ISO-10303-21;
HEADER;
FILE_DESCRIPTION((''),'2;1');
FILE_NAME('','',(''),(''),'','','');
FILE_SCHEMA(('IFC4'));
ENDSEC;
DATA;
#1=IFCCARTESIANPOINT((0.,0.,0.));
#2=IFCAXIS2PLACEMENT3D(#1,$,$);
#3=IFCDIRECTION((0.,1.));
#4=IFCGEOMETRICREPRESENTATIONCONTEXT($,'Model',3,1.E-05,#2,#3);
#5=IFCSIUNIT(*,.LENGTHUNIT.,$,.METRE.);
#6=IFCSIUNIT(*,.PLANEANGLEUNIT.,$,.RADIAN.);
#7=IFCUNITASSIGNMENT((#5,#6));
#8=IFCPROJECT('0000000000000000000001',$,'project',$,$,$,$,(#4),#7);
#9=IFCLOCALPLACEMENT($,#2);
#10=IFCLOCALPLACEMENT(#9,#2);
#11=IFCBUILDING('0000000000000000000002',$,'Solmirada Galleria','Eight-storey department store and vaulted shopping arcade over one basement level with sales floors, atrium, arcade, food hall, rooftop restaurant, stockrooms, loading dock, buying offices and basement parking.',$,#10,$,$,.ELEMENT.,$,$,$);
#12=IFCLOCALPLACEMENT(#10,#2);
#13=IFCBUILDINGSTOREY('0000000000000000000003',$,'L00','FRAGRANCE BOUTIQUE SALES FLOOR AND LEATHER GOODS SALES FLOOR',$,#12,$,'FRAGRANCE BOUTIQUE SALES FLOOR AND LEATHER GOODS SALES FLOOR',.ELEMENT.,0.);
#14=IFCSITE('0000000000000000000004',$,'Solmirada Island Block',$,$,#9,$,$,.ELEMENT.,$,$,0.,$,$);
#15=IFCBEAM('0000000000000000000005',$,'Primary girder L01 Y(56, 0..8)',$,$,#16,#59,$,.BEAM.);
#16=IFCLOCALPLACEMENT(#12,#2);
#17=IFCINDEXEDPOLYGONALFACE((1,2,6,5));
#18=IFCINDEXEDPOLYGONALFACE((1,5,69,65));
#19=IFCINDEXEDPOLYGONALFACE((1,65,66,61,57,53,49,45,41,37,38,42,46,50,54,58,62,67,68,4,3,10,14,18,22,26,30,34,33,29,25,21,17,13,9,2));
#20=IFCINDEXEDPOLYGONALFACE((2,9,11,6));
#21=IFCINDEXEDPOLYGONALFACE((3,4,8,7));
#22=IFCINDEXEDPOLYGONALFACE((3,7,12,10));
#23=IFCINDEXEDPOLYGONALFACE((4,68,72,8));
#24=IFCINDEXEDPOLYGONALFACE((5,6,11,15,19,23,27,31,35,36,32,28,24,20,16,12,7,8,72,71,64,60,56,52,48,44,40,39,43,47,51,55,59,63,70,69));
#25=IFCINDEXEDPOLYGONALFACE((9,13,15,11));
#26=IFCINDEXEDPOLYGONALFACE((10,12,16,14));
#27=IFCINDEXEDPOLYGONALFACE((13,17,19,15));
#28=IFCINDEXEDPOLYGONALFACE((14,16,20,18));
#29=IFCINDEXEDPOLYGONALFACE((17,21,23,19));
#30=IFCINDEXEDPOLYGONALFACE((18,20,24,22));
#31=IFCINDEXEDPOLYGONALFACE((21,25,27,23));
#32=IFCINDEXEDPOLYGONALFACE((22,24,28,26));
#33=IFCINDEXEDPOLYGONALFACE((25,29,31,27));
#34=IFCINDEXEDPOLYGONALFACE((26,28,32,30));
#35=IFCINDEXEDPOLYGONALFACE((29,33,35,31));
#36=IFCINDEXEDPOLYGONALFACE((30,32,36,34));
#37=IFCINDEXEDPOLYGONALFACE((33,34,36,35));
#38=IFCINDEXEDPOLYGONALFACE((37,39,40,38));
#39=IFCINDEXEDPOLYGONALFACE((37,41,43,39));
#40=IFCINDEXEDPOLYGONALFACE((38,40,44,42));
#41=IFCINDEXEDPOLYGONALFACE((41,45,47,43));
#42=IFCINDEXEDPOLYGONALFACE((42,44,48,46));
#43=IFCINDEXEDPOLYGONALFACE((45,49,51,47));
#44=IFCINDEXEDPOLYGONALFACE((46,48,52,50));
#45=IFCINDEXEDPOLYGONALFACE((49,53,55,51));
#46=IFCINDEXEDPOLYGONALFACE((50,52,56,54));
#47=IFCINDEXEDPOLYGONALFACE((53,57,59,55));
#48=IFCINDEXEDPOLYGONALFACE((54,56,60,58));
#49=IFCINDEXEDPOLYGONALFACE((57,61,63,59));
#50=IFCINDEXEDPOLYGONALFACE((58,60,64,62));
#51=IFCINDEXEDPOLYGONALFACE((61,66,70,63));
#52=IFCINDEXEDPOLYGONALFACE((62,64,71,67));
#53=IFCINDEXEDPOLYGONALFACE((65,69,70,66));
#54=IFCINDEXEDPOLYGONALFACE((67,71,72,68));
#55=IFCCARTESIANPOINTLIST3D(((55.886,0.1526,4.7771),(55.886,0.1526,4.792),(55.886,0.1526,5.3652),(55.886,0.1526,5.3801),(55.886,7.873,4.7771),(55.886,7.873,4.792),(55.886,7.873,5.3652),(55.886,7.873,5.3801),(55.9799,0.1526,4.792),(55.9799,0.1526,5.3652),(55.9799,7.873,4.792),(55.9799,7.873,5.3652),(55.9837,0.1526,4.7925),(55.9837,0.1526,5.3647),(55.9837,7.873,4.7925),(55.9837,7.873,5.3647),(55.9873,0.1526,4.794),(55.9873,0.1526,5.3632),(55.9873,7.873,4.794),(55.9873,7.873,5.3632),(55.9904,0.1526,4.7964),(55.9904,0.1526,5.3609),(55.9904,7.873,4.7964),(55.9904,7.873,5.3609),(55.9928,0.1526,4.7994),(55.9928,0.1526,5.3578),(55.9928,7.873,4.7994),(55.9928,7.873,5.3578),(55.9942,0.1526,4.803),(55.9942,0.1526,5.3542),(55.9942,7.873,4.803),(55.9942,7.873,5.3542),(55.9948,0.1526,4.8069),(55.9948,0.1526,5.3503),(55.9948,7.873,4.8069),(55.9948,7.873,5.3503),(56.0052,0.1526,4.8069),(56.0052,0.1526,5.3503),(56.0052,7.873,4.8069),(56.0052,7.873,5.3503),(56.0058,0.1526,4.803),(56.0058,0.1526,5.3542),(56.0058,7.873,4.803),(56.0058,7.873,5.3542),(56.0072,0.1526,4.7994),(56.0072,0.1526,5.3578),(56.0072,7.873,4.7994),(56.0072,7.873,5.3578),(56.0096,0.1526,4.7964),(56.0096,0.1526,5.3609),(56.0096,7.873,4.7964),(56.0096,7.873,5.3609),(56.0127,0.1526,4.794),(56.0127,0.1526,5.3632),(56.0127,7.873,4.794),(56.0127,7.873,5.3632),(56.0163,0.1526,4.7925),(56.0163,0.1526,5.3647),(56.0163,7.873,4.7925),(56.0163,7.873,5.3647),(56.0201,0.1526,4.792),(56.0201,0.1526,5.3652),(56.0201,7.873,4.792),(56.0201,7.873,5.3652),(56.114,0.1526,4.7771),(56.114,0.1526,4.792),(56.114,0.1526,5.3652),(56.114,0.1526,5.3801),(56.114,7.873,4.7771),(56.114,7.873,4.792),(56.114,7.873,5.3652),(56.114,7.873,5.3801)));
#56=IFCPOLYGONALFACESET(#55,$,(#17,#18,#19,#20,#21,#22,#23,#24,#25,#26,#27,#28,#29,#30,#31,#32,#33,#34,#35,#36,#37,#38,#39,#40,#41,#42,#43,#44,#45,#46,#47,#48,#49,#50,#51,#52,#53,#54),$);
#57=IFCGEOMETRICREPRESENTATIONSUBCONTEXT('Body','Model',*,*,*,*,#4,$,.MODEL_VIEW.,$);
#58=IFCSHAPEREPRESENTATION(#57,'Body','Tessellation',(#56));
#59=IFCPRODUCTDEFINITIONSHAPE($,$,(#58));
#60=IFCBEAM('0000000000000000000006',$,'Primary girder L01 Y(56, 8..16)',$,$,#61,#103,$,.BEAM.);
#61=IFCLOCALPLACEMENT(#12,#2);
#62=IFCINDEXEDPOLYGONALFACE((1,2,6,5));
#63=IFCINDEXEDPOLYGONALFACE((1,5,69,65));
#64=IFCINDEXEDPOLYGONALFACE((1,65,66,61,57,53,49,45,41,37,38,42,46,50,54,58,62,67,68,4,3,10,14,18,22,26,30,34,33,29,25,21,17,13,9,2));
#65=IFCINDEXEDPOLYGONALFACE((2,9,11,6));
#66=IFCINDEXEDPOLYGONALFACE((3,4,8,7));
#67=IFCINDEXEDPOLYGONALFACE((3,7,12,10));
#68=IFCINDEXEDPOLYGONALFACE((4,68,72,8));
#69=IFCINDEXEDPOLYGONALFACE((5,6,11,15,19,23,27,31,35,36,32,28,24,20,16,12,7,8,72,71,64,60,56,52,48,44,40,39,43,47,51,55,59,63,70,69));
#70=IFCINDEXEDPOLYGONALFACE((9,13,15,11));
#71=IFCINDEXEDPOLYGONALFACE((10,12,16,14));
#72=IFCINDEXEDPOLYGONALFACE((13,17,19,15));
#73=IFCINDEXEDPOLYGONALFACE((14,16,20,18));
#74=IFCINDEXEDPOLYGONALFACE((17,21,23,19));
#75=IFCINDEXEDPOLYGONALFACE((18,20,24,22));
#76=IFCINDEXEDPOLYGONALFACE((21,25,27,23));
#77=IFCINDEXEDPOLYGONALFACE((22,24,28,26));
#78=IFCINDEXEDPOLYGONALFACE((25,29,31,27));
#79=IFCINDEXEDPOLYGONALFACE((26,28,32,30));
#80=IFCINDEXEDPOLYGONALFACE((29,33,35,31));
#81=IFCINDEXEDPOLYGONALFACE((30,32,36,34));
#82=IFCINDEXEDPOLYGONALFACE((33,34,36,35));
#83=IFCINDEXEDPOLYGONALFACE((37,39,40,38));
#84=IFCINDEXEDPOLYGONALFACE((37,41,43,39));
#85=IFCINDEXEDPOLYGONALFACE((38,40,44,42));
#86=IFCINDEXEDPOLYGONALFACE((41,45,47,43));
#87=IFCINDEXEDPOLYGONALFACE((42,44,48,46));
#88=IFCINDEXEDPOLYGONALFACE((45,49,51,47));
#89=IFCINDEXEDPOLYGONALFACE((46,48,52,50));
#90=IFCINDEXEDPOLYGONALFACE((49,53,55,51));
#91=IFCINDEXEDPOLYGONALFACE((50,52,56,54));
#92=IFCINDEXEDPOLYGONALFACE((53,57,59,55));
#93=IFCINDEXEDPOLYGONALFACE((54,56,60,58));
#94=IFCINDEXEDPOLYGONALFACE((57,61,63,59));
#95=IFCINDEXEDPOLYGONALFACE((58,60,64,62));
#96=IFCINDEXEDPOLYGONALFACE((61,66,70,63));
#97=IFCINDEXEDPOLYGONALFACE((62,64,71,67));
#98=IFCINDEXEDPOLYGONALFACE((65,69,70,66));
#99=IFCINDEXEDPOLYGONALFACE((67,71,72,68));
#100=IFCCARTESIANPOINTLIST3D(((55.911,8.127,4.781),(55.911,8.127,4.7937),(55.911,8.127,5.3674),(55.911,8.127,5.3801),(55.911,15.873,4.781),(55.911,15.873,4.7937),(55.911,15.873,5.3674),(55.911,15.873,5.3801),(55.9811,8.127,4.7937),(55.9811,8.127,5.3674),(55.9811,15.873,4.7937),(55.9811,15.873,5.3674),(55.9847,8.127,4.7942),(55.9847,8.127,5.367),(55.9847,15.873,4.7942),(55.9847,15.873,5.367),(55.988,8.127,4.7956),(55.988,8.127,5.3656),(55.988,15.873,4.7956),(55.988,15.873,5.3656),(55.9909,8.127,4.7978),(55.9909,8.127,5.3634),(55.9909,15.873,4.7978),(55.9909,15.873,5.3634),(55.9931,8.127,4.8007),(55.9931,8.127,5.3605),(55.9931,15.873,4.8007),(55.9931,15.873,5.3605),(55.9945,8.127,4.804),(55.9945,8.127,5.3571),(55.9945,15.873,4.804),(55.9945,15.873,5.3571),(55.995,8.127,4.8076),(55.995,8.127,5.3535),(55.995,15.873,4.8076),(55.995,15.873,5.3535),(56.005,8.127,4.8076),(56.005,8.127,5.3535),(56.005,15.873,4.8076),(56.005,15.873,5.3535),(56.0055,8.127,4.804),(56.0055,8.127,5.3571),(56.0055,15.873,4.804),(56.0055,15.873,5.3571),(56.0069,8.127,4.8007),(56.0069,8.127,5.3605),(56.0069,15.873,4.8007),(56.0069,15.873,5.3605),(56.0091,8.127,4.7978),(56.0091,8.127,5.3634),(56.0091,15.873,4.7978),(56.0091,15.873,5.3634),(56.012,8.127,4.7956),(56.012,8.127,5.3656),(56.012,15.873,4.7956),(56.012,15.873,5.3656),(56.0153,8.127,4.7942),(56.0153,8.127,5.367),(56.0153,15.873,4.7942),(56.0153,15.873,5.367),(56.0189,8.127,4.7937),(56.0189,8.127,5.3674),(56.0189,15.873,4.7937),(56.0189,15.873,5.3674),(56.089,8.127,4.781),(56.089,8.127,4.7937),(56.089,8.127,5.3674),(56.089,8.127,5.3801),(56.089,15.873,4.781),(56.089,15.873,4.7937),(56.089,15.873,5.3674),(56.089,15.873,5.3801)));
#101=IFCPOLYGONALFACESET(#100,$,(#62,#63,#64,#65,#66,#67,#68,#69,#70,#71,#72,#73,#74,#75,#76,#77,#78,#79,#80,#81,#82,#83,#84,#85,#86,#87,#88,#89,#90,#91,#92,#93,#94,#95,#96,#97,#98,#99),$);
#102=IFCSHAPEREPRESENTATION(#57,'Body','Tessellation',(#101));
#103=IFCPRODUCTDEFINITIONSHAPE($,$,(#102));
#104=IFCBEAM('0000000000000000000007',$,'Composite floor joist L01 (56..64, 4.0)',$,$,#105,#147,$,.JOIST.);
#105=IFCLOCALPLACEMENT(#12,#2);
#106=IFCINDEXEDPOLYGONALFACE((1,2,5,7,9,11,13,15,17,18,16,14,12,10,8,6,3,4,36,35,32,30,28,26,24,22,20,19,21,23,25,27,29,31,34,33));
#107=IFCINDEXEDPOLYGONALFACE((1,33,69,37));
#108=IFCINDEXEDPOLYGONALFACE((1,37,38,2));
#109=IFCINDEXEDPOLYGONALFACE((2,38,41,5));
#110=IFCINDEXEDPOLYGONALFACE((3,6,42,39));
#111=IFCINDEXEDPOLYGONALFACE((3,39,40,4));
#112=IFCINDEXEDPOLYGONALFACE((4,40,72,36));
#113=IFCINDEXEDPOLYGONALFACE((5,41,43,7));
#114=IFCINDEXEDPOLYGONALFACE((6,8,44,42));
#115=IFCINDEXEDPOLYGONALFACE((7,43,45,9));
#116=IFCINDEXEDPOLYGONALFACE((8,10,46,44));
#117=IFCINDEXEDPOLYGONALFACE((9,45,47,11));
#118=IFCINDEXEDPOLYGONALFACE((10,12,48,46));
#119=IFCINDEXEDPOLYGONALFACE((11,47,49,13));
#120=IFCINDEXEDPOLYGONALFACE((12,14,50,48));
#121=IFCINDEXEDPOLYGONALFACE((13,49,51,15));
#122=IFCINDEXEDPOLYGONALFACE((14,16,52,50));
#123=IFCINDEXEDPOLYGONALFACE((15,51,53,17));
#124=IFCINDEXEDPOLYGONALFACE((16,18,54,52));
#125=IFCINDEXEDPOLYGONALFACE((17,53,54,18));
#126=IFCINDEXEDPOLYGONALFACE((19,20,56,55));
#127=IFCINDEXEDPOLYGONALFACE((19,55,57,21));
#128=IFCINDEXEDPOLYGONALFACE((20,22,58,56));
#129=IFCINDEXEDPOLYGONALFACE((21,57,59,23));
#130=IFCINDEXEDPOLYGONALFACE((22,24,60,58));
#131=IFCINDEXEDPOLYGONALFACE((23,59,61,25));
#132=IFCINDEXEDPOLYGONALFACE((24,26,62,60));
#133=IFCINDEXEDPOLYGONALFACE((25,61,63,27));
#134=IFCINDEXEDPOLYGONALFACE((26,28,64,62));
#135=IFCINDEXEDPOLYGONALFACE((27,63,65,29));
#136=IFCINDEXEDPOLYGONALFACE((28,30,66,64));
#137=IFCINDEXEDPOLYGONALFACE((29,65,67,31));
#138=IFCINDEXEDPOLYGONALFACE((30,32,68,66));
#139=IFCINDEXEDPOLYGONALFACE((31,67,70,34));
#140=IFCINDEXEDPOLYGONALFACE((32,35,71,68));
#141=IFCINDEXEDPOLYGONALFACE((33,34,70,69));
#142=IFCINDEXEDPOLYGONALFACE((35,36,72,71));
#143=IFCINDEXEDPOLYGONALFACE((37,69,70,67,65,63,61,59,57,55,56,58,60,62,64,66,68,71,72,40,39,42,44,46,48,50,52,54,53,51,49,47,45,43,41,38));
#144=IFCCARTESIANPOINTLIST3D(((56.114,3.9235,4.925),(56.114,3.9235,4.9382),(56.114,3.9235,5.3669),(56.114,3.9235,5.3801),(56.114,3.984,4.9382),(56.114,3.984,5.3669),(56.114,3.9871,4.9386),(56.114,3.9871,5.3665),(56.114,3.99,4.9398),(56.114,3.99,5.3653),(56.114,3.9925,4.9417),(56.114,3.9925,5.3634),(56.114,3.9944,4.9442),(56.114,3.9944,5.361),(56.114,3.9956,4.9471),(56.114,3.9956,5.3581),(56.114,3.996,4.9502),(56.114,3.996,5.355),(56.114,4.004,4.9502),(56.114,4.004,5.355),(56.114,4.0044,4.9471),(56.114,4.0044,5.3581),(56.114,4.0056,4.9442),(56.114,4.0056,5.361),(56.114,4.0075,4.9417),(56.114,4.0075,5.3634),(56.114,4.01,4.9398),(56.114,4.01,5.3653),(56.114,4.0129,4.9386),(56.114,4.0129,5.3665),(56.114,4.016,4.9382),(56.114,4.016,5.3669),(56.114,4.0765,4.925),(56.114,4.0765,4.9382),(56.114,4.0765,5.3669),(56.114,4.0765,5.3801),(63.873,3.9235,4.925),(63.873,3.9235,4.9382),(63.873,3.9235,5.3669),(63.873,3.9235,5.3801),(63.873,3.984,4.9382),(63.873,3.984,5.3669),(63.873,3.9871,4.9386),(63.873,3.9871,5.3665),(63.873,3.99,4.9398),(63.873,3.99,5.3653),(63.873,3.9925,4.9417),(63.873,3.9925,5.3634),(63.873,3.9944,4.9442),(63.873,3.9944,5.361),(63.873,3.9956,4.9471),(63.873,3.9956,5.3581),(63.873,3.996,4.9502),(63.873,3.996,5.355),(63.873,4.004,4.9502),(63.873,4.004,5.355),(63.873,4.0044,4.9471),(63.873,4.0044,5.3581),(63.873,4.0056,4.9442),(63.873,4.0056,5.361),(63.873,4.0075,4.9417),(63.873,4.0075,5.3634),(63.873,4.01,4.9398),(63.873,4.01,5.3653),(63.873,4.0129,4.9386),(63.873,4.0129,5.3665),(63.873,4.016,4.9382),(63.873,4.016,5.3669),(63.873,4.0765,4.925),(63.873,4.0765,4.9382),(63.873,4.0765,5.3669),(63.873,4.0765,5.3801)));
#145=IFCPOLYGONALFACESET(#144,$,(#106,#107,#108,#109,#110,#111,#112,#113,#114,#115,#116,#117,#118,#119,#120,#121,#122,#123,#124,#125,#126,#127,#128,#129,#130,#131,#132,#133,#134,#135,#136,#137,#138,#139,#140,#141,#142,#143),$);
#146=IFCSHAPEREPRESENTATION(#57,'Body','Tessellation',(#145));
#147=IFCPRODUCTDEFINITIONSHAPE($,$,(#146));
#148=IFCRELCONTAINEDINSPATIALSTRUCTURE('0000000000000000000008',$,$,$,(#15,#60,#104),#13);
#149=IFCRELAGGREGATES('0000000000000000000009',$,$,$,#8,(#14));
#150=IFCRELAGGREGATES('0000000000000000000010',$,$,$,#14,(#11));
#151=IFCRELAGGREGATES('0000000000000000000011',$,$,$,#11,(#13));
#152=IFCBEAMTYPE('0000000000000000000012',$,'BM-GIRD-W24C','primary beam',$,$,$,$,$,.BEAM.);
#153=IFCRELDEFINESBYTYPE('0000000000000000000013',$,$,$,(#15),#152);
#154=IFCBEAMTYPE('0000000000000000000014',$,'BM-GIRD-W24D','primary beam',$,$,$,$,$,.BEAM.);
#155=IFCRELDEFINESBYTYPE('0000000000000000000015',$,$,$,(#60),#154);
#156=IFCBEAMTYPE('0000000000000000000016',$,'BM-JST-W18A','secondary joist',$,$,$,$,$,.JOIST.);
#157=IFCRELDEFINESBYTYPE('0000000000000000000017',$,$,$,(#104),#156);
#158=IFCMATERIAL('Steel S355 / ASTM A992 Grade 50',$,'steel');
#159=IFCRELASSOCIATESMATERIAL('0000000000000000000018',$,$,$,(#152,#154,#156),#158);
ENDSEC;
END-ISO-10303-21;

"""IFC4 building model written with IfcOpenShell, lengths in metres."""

from ifc_helpers import new_model, si_unit, direction, frame, origin, origin_2d, place, context, subcontext, project, spatial, i_section, extrude, material, material_profile, profile_set, type_object, element, save


model = new_model("IFC4")

# Units and contexts
model_context = context("Model", 3, precision=1e-05, world=origin(), true_north=direction((0.0, 1.0)))
body_context = subcontext(model_context, "Body", "Model", "MODEL_VIEW")
ifc_project = project(units=[si_unit("LENGTHUNIT", "METRE"), si_unit("PLANEANGLEUNIT", "RADIAN")], contexts=[model_context])

# Site, building, storey
site_placement = place(None, origin())
site = spatial("IfcSite", under=ifc_project, at=site_placement, Name="Solmirada Island Block", CompositionType="ELEMENT", RefElevation=0.0)
building_placement = place(site_placement, origin())
building = spatial("IfcBuilding", under=site, at=building_placement, Name="Solmirada Galleria", Description="Eight-storey department store and vaulted shopping arcade over one basement level with sales floors, atrium, arcade, food hall, rooftop restaurant, stockrooms, loading dock, buying offices and basement parking.", CompositionType="ELEMENT")
storey_placement = place(building_placement, origin())
storey = spatial("IfcBuildingStorey", under=building, at=storey_placement, Name="L00", Description="FRAGRANCE BOUTIQUE SALES FLOOR AND LEATHER GOODS SALES FLOOR", LongName="FRAGRANCE BOUTIQUE SALES FLOOR AND LEATHER GOODS SALES FLOOR", CompositionType="ELEMENT", Elevation=0.0)

# Beams
ifc_material_1 = material(Name="Steel S355 / ASTM A992 Grade 50", Category="steel")
ifc_material_profile_1 = material_profile(ifc_material_1, i_section(OverallWidth=0.228, OverallDepth=0.603, WebThickness=0.0105, FlangeThickness=0.0149, FilletRadius=0.0149, at=origin_2d()), Name="W24X68")
ifc_profile_set_1 = profile_set([ifc_material_profile_1], Name="Steel S355 / ASTM A992 Grade 50")
beam_type_1 = type_object("IfcBeamType", Name="BM-GIRD-W24C", Description="primary beam", PredefinedType="BEAM", material=ifc_profile_set_1)
beam_1_placement = place(storey_placement, frame((56.0, 0.1526, 5.0786), z_axis=(0.0, 1.0, 0.0), x_axis=(-1.0, 0.0, 0.0)))
element("IfcBeam", 1, at=beam_1_placement, inside=storey, type_object=beam_type_1, Name="Primary girder L01 Y(56, 0..8)", PredefinedType="BEAM", context=body_context, shape_type="SweptSolid", body=[
    extrude(i_section(OverallWidth=0.228, OverallDepth=0.603, WebThickness=0.0105, FlangeThickness=0.0149, FilletRadius=0.0149, at=origin_2d()), origin(), (0.0, 0.0, 1.0), 7.7205),
])
ifc_material_profile_2 = material_profile(ifc_material_1, i_section(OverallWidth=0.178, OverallDepth=0.5991, WebThickness=0.01, FlangeThickness=0.0127, FilletRadius=0.0139, at=origin_2d()), Name="W24X55")
ifc_profile_set_2 = profile_set([ifc_material_profile_2], Name="Steel S355 / ASTM A992 Grade 50")
beam_type_2 = type_object("IfcBeamType", Name="BM-GIRD-W24D", Description="primary beam", PredefinedType="BEAM", material=ifc_profile_set_2)
beam_2_placement = place(storey_placement, frame((56.0, 8.127, 5.0806), z_axis=(0.0, 1.0, 0.0), x_axis=(-1.0, 0.0, 0.0)))
element("IfcBeam", 2, at=beam_2_placement, inside=storey, type_object=beam_type_2, Name="Primary girder L01 Y(56, 8..16)", PredefinedType="BEAM", context=body_context, shape_type="SweptSolid", body=[
    extrude(i_section(OverallWidth=0.178, OverallDepth=0.5991, WebThickness=0.01, FlangeThickness=0.0127, FilletRadius=0.0139, at=origin_2d()), origin(), (0.0, 0.0, 1.0), 7.7461),
])
ifc_material_profile_3 = material_profile(ifc_material_1, i_section(OverallWidth=0.1531, OverallDepth=0.4551, WebThickness=0.0081, FlangeThickness=0.0132, FilletRadius=0.012, at=origin_2d()), Name="W18X40")
ifc_profile_set_3 = profile_set([ifc_material_profile_3], Name="Steel S355 / ASTM A992 Grade 50")
beam_type_3 = type_object("IfcBeamType", Name="BM-JST-W18A", Description="secondary joist", PredefinedType="JOIST", material=ifc_profile_set_3)
beam_3_placement = place(storey_placement, frame((56.114, 4.0, 5.1526), z_axis=(1.0, 0.0, 0.0), x_axis=(0.0, 1.0, 0.0)))
element("IfcBeam", 3, at=beam_3_placement, inside=storey, type_object=beam_type_3, Name="Composite floor joist L01 (56..64, 4.0)", PredefinedType="JOIST", context=body_context, shape_type="SweptSolid", body=[
    extrude(i_section(OverallWidth=0.1531, OverallDepth=0.4551, WebThickness=0.0081, FlangeThickness=0.0132, FilletRadius=0.012, at=origin_2d()), origin(), (0.0, 0.0, 1.0), 7.759),
])

save(model, "model.ifc")
